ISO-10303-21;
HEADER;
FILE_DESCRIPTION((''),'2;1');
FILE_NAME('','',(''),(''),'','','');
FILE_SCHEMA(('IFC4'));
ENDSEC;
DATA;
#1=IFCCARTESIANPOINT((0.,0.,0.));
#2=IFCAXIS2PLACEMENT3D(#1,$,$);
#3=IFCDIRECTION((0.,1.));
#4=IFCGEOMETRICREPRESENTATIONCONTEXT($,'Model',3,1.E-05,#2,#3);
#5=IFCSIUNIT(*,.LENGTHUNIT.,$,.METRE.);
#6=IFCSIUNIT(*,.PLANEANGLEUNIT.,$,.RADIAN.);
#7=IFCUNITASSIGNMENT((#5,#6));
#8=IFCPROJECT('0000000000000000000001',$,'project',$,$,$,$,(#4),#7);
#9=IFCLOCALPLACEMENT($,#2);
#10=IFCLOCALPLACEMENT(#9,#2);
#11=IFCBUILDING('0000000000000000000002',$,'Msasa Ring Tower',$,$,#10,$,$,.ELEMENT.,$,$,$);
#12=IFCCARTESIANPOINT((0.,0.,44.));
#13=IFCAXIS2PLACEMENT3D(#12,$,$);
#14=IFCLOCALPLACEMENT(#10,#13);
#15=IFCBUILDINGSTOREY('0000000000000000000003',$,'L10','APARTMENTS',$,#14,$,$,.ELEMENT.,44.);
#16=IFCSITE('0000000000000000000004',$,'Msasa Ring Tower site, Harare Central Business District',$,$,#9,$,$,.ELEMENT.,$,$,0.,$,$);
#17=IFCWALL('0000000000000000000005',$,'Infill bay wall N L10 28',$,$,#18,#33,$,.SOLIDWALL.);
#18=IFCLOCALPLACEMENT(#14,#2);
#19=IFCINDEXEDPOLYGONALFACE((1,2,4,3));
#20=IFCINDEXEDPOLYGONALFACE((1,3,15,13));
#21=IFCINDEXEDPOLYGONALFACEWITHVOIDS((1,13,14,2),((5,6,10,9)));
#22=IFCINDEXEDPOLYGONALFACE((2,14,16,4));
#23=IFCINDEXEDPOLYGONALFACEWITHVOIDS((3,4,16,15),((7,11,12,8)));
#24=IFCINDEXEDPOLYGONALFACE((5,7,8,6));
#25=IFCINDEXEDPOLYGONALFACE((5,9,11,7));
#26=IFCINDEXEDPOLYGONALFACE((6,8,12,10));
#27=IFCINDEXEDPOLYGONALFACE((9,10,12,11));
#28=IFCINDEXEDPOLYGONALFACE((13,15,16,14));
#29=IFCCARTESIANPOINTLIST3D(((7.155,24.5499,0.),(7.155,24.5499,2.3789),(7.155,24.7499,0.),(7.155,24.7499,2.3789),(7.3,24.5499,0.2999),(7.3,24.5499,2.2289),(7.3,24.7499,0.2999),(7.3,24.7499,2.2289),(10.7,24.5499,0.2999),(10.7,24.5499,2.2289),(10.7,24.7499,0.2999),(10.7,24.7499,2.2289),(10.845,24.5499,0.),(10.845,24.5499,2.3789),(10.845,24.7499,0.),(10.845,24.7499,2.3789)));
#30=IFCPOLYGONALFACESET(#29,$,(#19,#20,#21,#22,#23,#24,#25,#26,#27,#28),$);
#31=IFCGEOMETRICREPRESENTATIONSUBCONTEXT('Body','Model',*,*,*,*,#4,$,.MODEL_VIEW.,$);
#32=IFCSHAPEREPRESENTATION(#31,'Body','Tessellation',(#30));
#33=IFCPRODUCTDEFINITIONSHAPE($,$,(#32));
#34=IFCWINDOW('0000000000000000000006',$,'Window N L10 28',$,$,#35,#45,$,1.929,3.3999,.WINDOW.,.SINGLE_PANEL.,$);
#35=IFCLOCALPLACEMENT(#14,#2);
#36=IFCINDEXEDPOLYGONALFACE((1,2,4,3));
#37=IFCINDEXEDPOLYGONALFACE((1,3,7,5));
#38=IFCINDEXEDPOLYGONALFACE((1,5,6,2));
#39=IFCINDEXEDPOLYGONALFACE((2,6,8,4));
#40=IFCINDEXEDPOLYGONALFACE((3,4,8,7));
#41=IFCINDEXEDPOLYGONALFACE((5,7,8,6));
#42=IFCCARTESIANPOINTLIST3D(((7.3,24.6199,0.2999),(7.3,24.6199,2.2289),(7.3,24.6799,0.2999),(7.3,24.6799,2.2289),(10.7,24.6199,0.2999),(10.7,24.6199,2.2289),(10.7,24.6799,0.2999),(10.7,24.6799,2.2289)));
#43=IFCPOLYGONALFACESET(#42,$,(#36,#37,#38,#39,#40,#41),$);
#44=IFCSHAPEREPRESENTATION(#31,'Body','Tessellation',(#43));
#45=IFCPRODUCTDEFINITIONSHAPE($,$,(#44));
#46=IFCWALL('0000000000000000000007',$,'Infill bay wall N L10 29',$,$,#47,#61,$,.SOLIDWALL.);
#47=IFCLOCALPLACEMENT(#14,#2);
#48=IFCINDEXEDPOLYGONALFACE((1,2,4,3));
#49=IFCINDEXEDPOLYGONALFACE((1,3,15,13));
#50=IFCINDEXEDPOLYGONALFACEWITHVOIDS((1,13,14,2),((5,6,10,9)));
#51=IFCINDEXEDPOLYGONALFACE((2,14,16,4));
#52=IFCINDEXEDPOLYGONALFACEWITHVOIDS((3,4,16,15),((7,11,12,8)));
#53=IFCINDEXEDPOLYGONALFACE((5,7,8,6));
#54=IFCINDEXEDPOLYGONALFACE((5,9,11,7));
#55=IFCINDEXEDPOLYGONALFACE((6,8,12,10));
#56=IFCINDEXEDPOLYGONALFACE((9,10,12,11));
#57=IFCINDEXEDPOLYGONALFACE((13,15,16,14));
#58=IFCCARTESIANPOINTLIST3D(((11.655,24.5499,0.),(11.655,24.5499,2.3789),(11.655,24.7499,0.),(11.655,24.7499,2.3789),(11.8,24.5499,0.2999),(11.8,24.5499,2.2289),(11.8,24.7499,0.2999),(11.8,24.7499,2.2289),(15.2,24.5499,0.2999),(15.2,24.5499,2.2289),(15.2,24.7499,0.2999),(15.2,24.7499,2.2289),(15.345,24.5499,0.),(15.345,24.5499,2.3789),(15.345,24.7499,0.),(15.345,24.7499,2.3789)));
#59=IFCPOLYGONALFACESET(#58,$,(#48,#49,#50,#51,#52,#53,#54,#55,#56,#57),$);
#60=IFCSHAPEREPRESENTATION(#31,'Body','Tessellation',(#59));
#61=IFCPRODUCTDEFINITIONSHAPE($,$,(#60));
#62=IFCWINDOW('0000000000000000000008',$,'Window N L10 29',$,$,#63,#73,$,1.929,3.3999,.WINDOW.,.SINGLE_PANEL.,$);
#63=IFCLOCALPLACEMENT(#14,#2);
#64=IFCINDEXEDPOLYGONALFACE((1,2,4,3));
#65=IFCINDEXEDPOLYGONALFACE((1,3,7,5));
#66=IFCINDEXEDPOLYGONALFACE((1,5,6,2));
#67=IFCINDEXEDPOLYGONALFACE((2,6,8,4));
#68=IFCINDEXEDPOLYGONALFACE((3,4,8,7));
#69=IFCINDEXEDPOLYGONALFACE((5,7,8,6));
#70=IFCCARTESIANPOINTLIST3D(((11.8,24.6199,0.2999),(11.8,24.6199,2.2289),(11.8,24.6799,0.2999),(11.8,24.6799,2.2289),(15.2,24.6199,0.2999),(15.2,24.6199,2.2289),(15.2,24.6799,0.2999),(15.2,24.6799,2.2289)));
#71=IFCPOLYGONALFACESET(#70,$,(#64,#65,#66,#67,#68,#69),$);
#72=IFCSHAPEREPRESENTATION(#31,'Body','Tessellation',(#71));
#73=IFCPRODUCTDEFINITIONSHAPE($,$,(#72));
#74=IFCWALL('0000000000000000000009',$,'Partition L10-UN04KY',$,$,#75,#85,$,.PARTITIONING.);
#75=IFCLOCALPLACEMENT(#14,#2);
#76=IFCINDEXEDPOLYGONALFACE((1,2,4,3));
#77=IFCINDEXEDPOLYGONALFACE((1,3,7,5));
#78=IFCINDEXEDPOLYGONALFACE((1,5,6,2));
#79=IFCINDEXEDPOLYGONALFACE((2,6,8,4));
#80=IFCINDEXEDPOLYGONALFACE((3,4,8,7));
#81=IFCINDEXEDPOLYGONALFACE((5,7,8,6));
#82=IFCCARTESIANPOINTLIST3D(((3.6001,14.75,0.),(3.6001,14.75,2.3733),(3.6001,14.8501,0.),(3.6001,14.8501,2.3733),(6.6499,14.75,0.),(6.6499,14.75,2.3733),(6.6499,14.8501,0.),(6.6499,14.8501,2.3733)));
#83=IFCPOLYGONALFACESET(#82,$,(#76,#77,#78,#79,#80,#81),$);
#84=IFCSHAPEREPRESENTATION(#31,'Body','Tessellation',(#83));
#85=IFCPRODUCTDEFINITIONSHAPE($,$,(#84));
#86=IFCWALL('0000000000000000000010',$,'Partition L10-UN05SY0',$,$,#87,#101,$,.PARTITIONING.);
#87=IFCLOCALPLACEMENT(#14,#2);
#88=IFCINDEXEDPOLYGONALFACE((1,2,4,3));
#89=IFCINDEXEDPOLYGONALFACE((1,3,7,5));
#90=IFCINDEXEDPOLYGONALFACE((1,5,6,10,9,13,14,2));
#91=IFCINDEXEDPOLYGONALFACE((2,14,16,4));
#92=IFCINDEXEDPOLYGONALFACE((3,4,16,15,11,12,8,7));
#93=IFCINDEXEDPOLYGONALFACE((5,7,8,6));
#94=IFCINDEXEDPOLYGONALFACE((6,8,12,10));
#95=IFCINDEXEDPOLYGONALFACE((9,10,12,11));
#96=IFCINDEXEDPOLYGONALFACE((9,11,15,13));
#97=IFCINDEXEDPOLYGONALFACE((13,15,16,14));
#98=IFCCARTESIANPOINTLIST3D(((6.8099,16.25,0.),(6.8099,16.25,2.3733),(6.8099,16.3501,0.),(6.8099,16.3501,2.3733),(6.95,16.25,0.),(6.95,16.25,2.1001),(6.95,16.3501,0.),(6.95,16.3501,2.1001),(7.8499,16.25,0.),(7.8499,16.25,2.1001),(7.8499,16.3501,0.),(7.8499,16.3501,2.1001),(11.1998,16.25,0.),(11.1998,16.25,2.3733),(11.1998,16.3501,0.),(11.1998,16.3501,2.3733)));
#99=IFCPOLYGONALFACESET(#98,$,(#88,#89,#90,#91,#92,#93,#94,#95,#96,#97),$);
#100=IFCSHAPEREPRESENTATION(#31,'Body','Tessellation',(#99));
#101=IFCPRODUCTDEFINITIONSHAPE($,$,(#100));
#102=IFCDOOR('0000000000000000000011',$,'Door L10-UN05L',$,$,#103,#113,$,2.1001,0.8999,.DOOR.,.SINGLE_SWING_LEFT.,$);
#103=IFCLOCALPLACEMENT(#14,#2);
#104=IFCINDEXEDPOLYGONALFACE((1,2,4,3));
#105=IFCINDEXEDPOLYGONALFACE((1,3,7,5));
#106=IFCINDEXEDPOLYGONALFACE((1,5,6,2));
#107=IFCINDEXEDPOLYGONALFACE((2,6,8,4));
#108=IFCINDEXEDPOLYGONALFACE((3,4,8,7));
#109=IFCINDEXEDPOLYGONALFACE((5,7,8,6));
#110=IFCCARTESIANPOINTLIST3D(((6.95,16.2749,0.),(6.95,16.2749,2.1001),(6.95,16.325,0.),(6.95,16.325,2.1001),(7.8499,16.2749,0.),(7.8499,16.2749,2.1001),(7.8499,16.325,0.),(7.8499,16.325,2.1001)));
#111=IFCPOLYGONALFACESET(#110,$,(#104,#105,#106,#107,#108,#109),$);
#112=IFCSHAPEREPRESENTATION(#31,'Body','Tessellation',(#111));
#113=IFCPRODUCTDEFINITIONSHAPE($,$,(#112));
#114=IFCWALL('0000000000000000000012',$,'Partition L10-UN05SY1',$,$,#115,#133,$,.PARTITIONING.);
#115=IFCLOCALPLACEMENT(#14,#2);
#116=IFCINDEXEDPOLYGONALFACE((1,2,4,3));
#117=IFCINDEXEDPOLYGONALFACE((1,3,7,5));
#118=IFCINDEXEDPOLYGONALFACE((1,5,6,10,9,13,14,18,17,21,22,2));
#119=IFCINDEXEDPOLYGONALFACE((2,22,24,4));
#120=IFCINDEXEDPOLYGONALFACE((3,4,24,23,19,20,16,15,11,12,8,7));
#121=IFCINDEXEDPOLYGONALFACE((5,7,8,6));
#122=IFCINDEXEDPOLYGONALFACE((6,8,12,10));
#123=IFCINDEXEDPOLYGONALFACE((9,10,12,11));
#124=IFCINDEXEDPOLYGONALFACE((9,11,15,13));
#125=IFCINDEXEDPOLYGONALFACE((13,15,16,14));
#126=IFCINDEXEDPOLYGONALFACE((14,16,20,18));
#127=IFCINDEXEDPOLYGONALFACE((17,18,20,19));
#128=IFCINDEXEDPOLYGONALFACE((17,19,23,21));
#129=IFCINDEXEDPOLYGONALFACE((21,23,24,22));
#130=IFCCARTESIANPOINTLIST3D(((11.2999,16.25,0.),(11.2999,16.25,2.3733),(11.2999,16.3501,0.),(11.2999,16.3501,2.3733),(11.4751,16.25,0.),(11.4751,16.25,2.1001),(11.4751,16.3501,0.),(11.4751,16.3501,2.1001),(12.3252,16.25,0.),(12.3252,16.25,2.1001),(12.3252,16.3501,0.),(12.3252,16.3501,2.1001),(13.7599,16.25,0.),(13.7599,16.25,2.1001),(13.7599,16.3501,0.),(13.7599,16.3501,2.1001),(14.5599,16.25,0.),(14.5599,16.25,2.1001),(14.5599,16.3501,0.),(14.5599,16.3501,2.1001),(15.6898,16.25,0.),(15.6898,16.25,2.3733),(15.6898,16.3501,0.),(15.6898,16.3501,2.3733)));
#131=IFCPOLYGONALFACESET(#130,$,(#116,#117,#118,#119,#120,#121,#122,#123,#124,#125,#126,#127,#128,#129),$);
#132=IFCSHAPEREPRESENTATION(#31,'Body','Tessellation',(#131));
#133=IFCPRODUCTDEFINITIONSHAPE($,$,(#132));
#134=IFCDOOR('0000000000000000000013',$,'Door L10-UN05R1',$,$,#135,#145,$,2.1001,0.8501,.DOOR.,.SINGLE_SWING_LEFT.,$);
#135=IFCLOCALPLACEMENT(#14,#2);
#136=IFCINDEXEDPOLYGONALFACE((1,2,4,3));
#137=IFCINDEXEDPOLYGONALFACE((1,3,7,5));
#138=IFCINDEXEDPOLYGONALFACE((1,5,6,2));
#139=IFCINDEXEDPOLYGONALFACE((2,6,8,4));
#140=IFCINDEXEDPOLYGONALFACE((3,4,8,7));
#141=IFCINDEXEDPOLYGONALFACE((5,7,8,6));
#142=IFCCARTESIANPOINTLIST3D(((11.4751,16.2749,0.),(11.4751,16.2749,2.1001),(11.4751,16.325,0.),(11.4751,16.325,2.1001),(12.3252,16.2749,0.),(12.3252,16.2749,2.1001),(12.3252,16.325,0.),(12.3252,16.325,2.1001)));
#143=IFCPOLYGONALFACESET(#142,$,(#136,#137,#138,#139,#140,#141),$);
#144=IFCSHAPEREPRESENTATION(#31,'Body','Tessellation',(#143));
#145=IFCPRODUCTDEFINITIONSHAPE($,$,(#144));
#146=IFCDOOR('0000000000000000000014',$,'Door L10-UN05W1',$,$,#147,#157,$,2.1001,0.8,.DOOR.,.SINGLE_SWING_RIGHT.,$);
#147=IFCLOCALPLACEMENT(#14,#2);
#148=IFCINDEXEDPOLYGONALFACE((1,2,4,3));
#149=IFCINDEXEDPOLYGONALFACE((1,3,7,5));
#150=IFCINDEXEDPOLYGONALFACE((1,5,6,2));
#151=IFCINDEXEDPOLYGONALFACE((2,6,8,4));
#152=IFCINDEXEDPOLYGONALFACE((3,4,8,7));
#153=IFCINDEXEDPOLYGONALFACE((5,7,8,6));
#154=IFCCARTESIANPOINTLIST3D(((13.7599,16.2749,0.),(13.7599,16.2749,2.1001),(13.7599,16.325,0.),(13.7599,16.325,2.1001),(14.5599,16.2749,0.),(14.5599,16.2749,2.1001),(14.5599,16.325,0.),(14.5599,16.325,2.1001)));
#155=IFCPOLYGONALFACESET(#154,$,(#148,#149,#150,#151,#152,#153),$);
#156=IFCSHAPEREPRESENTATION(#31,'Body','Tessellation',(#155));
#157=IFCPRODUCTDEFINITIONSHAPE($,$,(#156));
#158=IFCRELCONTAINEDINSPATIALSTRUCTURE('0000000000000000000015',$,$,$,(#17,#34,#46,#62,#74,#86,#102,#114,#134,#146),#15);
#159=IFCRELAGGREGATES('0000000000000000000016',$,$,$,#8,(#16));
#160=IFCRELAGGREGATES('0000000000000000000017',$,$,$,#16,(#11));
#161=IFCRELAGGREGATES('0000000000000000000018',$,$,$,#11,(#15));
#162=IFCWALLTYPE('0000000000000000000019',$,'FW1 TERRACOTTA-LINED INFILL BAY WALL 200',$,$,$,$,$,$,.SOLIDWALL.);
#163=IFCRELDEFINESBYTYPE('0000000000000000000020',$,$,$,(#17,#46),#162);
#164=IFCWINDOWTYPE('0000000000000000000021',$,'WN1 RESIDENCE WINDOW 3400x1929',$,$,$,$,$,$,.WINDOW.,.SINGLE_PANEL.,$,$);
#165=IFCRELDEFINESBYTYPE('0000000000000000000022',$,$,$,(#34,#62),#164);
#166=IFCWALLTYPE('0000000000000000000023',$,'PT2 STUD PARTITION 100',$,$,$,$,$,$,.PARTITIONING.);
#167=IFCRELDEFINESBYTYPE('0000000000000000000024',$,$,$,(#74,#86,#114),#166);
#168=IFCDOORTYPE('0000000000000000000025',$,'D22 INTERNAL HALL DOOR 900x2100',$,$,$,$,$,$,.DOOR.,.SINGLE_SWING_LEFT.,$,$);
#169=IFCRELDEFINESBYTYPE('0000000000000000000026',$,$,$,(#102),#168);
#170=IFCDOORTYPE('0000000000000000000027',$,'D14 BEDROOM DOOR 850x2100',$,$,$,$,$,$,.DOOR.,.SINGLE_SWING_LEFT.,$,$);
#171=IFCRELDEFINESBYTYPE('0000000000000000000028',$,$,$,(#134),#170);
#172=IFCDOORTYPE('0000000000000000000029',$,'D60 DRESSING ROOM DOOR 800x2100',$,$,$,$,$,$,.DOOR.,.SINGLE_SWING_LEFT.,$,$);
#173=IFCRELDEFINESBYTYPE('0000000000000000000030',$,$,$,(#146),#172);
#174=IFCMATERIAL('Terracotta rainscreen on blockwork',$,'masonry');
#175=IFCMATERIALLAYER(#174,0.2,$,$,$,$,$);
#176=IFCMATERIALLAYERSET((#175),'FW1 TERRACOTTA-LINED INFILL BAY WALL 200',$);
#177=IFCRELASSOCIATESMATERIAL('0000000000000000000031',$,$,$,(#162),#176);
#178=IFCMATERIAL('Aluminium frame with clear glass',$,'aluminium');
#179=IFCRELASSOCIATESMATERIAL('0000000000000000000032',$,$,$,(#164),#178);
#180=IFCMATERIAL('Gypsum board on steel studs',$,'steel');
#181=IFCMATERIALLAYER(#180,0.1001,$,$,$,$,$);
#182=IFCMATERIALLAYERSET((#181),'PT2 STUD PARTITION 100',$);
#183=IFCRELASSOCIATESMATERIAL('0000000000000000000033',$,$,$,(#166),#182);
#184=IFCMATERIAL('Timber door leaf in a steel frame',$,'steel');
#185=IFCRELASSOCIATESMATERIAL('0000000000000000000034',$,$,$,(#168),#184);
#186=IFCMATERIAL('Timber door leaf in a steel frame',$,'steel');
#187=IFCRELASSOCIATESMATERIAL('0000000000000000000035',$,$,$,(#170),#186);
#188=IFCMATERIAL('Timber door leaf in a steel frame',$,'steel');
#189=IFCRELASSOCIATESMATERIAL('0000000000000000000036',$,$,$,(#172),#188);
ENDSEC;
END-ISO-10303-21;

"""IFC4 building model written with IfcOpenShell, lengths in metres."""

from ifc_helpers import new_model, si_unit, direction, frame, frame_2d, origin, place, context, subcontext, project, spatial, rectangle, extrude, material, layer, layer_set, type_object, element, fill, save


model = new_model("IFC4")

# Units and contexts
model_context = context("Model", 3, precision=1e-05, world=origin(), true_north=direction((0.0, 1.0)))
body_context = subcontext(model_context, "Body", "Model", "MODEL_VIEW")
ifc_project = project(units=[si_unit("LENGTHUNIT", "METRE"), si_unit("PLANEANGLEUNIT", "RADIAN")], contexts=[model_context])

# Site, building, storey
site_placement = place(None, origin())
site = spatial("IfcSite", under=ifc_project, at=site_placement, Name="Msasa Ring Tower site, Harare Central Business District", CompositionType="ELEMENT", RefElevation=0.0)
building_placement = place(site_placement, origin())
building = spatial("IfcBuilding", under=site, at=building_placement, Name="Msasa Ring Tower", CompositionType="ELEMENT")
storey_placement = place(building_placement, frame((0.0, 0.0, 44.0)))
storey = spatial("IfcBuildingStorey", under=building, at=storey_placement, Name="L10", Description="APARTMENTS", CompositionType="ELEMENT", Elevation=44.0)

# Walls, openings, windows
ifc_material_1 = material(Name="Terracotta rainscreen on blockwork", Category="masonry")
ifc_layer_1 = layer(ifc_material_1, 0.2)
ifc_layer_set_1 = layer_set([ifc_layer_1], Name="FW1 TERRACOTTA-LINED INFILL BAY WALL 200")
wall_type_1 = type_object("IfcWallType", Name="FW1 TERRACOTTA-LINED INFILL BAY WALL 200", PredefinedType="SOLIDWALL", material=ifc_layer_set_1)
ifc_material_2 = material(Name="Aluminium frame with clear glass", Category="aluminium")
window_type = type_object("IfcWindowType", Name="WN1 RESIDENCE WINDOW 3400x1929", PartitioningType="SINGLE_PANEL", PredefinedType="WINDOW", material=ifc_material_2)
wall_1_placement = place(storey_placement, frame((7.155, 24.6499, 0.0), z_axis=(0.0, 0.0, 1.0), x_axis=(1.0, 0.0, 0.0)))
wall_1 = element("IfcWall", 1, at=wall_1_placement, inside=storey, type_object=wall_type_1, Name="Infill bay wall N L10 28", PredefinedType="SOLIDWALL", context=body_context, shape_type="SweptSolid", body=[
    extrude(rectangle(XDim=3.6899, YDim=0.2, at=frame_2d((1.845, 0.0))), origin(), (0.0, 0.0, 1.0), 2.3789),
])
opening_1_placement = place(wall_1_placement, frame((0.145, 0.0, 0.3)))
opening_1 = element("IfcOpeningElement", 2, at=opening_1_placement, cuts=wall_1, PredefinedType="OPENING", context=body_context, shape_type="SweptSolid", body=[
    extrude(rectangle(XDim=3.3999, YDim=1.929, at=frame_2d((1.7, 0.9644))), frame((0.0, 0.1099, 0.0), z_axis=(0.0, -1.0, 0.0), x_axis=(1.0, 0.0, 0.0)), (0.0, 0.0, 1.0), 0.22),
])
window_1_placement = place(opening_1_placement, origin())
window_1 = element("IfcWindow", 3, at=window_1_placement, inside=storey, type_object=window_type, Name="Window N L10 28", OverallHeight=1.929, OverallWidth=3.3999, PartitioningType="SINGLE_PANEL", PredefinedType="WINDOW", context=body_context, shape_type="SweptSolid", body=[
    extrude(rectangle(XDim=3.3999, YDim=1.929, at=frame_2d((1.7, 0.9644))), frame((0.0, 0.03, 0.0), z_axis=(0.0, -1.0, 0.0), x_axis=(1.0, 0.0, 0.0)), (0.0, 0.0, 1.0), 0.0601),
])
fill(opening_1, window_1)
wall_2_placement = place(storey_placement, frame((11.655, 24.6499, 0.0), z_axis=(0.0, 0.0, 1.0), x_axis=(1.0, 0.0, 0.0)))
wall_2 = element("IfcWall", 4, at=wall_2_placement, inside=storey, type_object=wall_type_1, Name="Infill bay wall N L10 29", PredefinedType="SOLIDWALL", context=body_context, shape_type="SweptSolid", body=[
    extrude(rectangle(XDim=3.6899, YDim=0.2, at=frame_2d((1.845, 0.0))), origin(), (0.0, 0.0, 1.0), 2.3789),
])
opening_2_placement = place(wall_2_placement, frame((0.145, 0.0, 0.3)))
opening_2 = element("IfcOpeningElement", 5, at=opening_2_placement, cuts=wall_2, PredefinedType="OPENING", context=body_context, shape_type="SweptSolid", body=[
    extrude(rectangle(XDim=3.3999, YDim=1.929, at=frame_2d((1.7, 0.9644))), frame((0.0, 0.1099, 0.0), z_axis=(0.0, -1.0, 0.0), x_axis=(1.0, 0.0, 0.0)), (0.0, 0.0, 1.0), 0.22),
])
window_2_placement = place(opening_2_placement, origin())
window_2 = element("IfcWindow", 6, at=window_2_placement, inside=storey, type_object=window_type, Name="Window N L10 29", OverallHeight=1.929, OverallWidth=3.3999, PartitioningType="SINGLE_PANEL", PredefinedType="WINDOW", context=body_context, shape_type="SweptSolid", body=[
    extrude(rectangle(XDim=3.3999, YDim=1.929, at=frame_2d((1.7, 0.9644))), frame((0.0, 0.03, 0.0), z_axis=(0.0, -1.0, 0.0), x_axis=(1.0, 0.0, 0.0)), (0.0, 0.0, 1.0), 0.0601),
])
fill(opening_2, window_2)

# Wall
ifc_material_3 = material(Name="Gypsum board on steel studs", Category="steel")
ifc_layer_2 = layer(ifc_material_3, 0.1001)
ifc_layer_set_2 = layer_set([ifc_layer_2], Name="PT2 STUD PARTITION 100")
wall_type_2 = type_object("IfcWallType", Name="PT2 STUD PARTITION 100", PredefinedType="PARTITIONING", material=ifc_layer_set_2)
wall_3_placement = place(storey_placement, frame((3.6001, 14.8, 0.0), z_axis=(0.0, 0.0, 1.0), x_axis=(1.0, 0.0, 0.0)))
element("IfcWall", 7, at=wall_3_placement, inside=storey, type_object=wall_type_2, Name="Partition L10-UN04KY", PredefinedType="PARTITIONING", context=body_context, shape_type="SweptSolid", body=[
    extrude(rectangle(XDim=3.0498, YDim=0.1001, at=frame_2d((1.5249, 0.0))), origin(), (0.0, 0.0, 1.0), 2.3733),
])

# Wall, opening, door
wall_4_placement = place(storey_placement, frame((6.8101, 16.3, 0.0), z_axis=(0.0, 0.0, 1.0), x_axis=(1.0, 0.0, 0.0)))
wall_4 = element("IfcWall", 8, at=wall_4_placement, inside=storey, type_object=wall_type_2, Name="Partition L10-UN05SY0", PredefinedType="PARTITIONING", context=body_context, shape_type="SweptSolid", body=[
    extrude(rectangle(XDim=4.3899, YDim=0.1001, at=frame_2d((2.1948, 0.0))), origin(), (0.0, 0.0, 1.0), 2.3733),
])
opening_3_placement = place(wall_4_placement, frame((0.1399, 0.0, 0.0)))
opening_3 = element("IfcOpeningElement", 9, at=opening_3_placement, cuts=wall_4, PredefinedType="OPENING", context=body_context, shape_type="SweptSolid", body=[
    extrude(rectangle(XDim=0.8999, YDim=2.1001, at=frame_2d((0.45, 1.05))), frame((0.0, 0.0601, 0.0), z_axis=(0.0, -1.0, 0.0), x_axis=(1.0, 0.0, 0.0)), (0.0, 0.0, 1.0), 0.1201),
])
ifc_material_4 = material(Name="Timber door leaf in a steel frame", Category="steel")
door_type_1 = type_object("IfcDoorType", Name="D22 INTERNAL HALL DOOR 900x2100", OperationType="SINGLE_SWING_LEFT", PredefinedType="DOOR", material=ifc_material_4)
door_1_placement = place(opening_3_placement, origin())
door_1 = element("IfcDoor", 10, at=door_1_placement, inside=storey, type_object=door_type_1, Name="Door L10-UN05L", OperationType="SINGLE_SWING_LEFT", OverallHeight=2.1001, OverallWidth=0.8999, PredefinedType="DOOR", context=body_context, shape_type="SweptSolid", body=[
    extrude(rectangle(XDim=0.8999, YDim=2.1001, at=frame_2d((0.45, 1.05))), frame((0.0, 0.0249, 0.0), z_axis=(0.0, -1.0, 0.0), x_axis=(1.0, 0.0, 0.0)), (0.0, 0.0, 1.0), 0.05),
])
fill(opening_3, door_1)

# Wall, openings, doors
wall_5_placement = place(storey_placement, frame((11.3, 16.3, 0.0), z_axis=(0.0, 0.0, 1.0), x_axis=(1.0, 0.0, 0.0)))
wall_5 = element("IfcWall", 11, at=wall_5_placement, inside=storey, type_object=wall_type_2, Name="Partition L10-UN05SY1", PredefinedType="PARTITIONING", context=body_context, shape_type="SweptSolid", body=[
    extrude(rectangle(XDim=4.3899, YDim=0.1001, at=frame_2d((2.1948, 0.0))), origin(), (0.0, 0.0, 1.0), 2.3733),
])
opening_4_placement = place(wall_5_placement, frame((0.175, 0.0, 0.0)))
opening_4 = element("IfcOpeningElement", 12, at=opening_4_placement, cuts=wall_5, PredefinedType="OPENING", context=body_context, shape_type="SweptSolid", body=[
    extrude(rectangle(XDim=0.8501, YDim=2.1001, at=frame_2d((0.425, 1.05))), frame((0.0, 0.0601, 0.0), z_axis=(0.0, -1.0, 0.0), x_axis=(1.0, 0.0, 0.0)), (0.0, 0.0, 1.0), 0.1201),
])
opening_5_placement = place(wall_5_placement, frame((2.46, 0.0, 0.0)))
opening_5 = element("IfcOpeningElement", 13, at=opening_5_placement, cuts=wall_5, PredefinedType="OPENING", context=body_context, shape_type="SweptSolid", body=[
    extrude(rectangle(XDim=0.8, YDim=2.1001, at=frame_2d((0.3999, 1.05))), frame((0.0, 0.0601, 0.0), z_axis=(0.0, -1.0, 0.0), x_axis=(1.0, 0.0, 0.0)), (0.0, 0.0, 1.0), 0.1201),
])
ifc_material_5 = material(Name="Timber door leaf in a steel frame", Category="steel")
door_type_2 = type_object("IfcDoorType", Name="D14 BEDROOM DOOR 850x2100", OperationType="SINGLE_SWING_LEFT", PredefinedType="DOOR", material=ifc_material_5)
door_2_placement = place(opening_4_placement, origin())
door_2 = element("IfcDoor", 14, at=door_2_placement, inside=storey, type_object=door_type_2, Name="Door L10-UN05R1", OperationType="SINGLE_SWING_LEFT", OverallHeight=2.1001, OverallWidth=0.8501, PredefinedType="DOOR", context=body_context, shape_type="SweptSolid", body=[
    extrude(rectangle(XDim=0.8501, YDim=2.1001, at=frame_2d((0.425, 1.05))), frame((0.0, 0.0249, 0.0), z_axis=(0.0, -1.0, 0.0), x_axis=(1.0, 0.0, 0.0)), (0.0, 0.0, 1.0), 0.05),
])
fill(opening_4, door_2)
ifc_material_6 = material(Name="Timber door leaf in a steel frame", Category="steel")
door_type_3 = type_object("IfcDoorType", Name="D60 DRESSING ROOM DOOR 800x2100", OperationType="SINGLE_SWING_LEFT", PredefinedType="DOOR", material=ifc_material_6)
door_3_placement = place(opening_5_placement, origin())
door_3 = element("IfcDoor", 15, at=door_3_placement, inside=storey, type_object=door_type_3, Name="Door L10-UN05W1", OperationType="SINGLE_SWING_RIGHT", OverallHeight=2.1001, OverallWidth=0.8, PredefinedType="DOOR", context=body_context, shape_type="SweptSolid", body=[
    extrude(rectangle(XDim=0.8, YDim=2.1001, at=frame_2d((0.3999, 1.05))), frame((0.0, 0.0249, 0.0), z_axis=(0.0, -1.0, 0.0), x_axis=(1.0, 0.0, 0.0)), (0.0, 0.0, 1.0), 0.05),
])
fill(opening_5, door_3)

save(model, "model.ifc")
